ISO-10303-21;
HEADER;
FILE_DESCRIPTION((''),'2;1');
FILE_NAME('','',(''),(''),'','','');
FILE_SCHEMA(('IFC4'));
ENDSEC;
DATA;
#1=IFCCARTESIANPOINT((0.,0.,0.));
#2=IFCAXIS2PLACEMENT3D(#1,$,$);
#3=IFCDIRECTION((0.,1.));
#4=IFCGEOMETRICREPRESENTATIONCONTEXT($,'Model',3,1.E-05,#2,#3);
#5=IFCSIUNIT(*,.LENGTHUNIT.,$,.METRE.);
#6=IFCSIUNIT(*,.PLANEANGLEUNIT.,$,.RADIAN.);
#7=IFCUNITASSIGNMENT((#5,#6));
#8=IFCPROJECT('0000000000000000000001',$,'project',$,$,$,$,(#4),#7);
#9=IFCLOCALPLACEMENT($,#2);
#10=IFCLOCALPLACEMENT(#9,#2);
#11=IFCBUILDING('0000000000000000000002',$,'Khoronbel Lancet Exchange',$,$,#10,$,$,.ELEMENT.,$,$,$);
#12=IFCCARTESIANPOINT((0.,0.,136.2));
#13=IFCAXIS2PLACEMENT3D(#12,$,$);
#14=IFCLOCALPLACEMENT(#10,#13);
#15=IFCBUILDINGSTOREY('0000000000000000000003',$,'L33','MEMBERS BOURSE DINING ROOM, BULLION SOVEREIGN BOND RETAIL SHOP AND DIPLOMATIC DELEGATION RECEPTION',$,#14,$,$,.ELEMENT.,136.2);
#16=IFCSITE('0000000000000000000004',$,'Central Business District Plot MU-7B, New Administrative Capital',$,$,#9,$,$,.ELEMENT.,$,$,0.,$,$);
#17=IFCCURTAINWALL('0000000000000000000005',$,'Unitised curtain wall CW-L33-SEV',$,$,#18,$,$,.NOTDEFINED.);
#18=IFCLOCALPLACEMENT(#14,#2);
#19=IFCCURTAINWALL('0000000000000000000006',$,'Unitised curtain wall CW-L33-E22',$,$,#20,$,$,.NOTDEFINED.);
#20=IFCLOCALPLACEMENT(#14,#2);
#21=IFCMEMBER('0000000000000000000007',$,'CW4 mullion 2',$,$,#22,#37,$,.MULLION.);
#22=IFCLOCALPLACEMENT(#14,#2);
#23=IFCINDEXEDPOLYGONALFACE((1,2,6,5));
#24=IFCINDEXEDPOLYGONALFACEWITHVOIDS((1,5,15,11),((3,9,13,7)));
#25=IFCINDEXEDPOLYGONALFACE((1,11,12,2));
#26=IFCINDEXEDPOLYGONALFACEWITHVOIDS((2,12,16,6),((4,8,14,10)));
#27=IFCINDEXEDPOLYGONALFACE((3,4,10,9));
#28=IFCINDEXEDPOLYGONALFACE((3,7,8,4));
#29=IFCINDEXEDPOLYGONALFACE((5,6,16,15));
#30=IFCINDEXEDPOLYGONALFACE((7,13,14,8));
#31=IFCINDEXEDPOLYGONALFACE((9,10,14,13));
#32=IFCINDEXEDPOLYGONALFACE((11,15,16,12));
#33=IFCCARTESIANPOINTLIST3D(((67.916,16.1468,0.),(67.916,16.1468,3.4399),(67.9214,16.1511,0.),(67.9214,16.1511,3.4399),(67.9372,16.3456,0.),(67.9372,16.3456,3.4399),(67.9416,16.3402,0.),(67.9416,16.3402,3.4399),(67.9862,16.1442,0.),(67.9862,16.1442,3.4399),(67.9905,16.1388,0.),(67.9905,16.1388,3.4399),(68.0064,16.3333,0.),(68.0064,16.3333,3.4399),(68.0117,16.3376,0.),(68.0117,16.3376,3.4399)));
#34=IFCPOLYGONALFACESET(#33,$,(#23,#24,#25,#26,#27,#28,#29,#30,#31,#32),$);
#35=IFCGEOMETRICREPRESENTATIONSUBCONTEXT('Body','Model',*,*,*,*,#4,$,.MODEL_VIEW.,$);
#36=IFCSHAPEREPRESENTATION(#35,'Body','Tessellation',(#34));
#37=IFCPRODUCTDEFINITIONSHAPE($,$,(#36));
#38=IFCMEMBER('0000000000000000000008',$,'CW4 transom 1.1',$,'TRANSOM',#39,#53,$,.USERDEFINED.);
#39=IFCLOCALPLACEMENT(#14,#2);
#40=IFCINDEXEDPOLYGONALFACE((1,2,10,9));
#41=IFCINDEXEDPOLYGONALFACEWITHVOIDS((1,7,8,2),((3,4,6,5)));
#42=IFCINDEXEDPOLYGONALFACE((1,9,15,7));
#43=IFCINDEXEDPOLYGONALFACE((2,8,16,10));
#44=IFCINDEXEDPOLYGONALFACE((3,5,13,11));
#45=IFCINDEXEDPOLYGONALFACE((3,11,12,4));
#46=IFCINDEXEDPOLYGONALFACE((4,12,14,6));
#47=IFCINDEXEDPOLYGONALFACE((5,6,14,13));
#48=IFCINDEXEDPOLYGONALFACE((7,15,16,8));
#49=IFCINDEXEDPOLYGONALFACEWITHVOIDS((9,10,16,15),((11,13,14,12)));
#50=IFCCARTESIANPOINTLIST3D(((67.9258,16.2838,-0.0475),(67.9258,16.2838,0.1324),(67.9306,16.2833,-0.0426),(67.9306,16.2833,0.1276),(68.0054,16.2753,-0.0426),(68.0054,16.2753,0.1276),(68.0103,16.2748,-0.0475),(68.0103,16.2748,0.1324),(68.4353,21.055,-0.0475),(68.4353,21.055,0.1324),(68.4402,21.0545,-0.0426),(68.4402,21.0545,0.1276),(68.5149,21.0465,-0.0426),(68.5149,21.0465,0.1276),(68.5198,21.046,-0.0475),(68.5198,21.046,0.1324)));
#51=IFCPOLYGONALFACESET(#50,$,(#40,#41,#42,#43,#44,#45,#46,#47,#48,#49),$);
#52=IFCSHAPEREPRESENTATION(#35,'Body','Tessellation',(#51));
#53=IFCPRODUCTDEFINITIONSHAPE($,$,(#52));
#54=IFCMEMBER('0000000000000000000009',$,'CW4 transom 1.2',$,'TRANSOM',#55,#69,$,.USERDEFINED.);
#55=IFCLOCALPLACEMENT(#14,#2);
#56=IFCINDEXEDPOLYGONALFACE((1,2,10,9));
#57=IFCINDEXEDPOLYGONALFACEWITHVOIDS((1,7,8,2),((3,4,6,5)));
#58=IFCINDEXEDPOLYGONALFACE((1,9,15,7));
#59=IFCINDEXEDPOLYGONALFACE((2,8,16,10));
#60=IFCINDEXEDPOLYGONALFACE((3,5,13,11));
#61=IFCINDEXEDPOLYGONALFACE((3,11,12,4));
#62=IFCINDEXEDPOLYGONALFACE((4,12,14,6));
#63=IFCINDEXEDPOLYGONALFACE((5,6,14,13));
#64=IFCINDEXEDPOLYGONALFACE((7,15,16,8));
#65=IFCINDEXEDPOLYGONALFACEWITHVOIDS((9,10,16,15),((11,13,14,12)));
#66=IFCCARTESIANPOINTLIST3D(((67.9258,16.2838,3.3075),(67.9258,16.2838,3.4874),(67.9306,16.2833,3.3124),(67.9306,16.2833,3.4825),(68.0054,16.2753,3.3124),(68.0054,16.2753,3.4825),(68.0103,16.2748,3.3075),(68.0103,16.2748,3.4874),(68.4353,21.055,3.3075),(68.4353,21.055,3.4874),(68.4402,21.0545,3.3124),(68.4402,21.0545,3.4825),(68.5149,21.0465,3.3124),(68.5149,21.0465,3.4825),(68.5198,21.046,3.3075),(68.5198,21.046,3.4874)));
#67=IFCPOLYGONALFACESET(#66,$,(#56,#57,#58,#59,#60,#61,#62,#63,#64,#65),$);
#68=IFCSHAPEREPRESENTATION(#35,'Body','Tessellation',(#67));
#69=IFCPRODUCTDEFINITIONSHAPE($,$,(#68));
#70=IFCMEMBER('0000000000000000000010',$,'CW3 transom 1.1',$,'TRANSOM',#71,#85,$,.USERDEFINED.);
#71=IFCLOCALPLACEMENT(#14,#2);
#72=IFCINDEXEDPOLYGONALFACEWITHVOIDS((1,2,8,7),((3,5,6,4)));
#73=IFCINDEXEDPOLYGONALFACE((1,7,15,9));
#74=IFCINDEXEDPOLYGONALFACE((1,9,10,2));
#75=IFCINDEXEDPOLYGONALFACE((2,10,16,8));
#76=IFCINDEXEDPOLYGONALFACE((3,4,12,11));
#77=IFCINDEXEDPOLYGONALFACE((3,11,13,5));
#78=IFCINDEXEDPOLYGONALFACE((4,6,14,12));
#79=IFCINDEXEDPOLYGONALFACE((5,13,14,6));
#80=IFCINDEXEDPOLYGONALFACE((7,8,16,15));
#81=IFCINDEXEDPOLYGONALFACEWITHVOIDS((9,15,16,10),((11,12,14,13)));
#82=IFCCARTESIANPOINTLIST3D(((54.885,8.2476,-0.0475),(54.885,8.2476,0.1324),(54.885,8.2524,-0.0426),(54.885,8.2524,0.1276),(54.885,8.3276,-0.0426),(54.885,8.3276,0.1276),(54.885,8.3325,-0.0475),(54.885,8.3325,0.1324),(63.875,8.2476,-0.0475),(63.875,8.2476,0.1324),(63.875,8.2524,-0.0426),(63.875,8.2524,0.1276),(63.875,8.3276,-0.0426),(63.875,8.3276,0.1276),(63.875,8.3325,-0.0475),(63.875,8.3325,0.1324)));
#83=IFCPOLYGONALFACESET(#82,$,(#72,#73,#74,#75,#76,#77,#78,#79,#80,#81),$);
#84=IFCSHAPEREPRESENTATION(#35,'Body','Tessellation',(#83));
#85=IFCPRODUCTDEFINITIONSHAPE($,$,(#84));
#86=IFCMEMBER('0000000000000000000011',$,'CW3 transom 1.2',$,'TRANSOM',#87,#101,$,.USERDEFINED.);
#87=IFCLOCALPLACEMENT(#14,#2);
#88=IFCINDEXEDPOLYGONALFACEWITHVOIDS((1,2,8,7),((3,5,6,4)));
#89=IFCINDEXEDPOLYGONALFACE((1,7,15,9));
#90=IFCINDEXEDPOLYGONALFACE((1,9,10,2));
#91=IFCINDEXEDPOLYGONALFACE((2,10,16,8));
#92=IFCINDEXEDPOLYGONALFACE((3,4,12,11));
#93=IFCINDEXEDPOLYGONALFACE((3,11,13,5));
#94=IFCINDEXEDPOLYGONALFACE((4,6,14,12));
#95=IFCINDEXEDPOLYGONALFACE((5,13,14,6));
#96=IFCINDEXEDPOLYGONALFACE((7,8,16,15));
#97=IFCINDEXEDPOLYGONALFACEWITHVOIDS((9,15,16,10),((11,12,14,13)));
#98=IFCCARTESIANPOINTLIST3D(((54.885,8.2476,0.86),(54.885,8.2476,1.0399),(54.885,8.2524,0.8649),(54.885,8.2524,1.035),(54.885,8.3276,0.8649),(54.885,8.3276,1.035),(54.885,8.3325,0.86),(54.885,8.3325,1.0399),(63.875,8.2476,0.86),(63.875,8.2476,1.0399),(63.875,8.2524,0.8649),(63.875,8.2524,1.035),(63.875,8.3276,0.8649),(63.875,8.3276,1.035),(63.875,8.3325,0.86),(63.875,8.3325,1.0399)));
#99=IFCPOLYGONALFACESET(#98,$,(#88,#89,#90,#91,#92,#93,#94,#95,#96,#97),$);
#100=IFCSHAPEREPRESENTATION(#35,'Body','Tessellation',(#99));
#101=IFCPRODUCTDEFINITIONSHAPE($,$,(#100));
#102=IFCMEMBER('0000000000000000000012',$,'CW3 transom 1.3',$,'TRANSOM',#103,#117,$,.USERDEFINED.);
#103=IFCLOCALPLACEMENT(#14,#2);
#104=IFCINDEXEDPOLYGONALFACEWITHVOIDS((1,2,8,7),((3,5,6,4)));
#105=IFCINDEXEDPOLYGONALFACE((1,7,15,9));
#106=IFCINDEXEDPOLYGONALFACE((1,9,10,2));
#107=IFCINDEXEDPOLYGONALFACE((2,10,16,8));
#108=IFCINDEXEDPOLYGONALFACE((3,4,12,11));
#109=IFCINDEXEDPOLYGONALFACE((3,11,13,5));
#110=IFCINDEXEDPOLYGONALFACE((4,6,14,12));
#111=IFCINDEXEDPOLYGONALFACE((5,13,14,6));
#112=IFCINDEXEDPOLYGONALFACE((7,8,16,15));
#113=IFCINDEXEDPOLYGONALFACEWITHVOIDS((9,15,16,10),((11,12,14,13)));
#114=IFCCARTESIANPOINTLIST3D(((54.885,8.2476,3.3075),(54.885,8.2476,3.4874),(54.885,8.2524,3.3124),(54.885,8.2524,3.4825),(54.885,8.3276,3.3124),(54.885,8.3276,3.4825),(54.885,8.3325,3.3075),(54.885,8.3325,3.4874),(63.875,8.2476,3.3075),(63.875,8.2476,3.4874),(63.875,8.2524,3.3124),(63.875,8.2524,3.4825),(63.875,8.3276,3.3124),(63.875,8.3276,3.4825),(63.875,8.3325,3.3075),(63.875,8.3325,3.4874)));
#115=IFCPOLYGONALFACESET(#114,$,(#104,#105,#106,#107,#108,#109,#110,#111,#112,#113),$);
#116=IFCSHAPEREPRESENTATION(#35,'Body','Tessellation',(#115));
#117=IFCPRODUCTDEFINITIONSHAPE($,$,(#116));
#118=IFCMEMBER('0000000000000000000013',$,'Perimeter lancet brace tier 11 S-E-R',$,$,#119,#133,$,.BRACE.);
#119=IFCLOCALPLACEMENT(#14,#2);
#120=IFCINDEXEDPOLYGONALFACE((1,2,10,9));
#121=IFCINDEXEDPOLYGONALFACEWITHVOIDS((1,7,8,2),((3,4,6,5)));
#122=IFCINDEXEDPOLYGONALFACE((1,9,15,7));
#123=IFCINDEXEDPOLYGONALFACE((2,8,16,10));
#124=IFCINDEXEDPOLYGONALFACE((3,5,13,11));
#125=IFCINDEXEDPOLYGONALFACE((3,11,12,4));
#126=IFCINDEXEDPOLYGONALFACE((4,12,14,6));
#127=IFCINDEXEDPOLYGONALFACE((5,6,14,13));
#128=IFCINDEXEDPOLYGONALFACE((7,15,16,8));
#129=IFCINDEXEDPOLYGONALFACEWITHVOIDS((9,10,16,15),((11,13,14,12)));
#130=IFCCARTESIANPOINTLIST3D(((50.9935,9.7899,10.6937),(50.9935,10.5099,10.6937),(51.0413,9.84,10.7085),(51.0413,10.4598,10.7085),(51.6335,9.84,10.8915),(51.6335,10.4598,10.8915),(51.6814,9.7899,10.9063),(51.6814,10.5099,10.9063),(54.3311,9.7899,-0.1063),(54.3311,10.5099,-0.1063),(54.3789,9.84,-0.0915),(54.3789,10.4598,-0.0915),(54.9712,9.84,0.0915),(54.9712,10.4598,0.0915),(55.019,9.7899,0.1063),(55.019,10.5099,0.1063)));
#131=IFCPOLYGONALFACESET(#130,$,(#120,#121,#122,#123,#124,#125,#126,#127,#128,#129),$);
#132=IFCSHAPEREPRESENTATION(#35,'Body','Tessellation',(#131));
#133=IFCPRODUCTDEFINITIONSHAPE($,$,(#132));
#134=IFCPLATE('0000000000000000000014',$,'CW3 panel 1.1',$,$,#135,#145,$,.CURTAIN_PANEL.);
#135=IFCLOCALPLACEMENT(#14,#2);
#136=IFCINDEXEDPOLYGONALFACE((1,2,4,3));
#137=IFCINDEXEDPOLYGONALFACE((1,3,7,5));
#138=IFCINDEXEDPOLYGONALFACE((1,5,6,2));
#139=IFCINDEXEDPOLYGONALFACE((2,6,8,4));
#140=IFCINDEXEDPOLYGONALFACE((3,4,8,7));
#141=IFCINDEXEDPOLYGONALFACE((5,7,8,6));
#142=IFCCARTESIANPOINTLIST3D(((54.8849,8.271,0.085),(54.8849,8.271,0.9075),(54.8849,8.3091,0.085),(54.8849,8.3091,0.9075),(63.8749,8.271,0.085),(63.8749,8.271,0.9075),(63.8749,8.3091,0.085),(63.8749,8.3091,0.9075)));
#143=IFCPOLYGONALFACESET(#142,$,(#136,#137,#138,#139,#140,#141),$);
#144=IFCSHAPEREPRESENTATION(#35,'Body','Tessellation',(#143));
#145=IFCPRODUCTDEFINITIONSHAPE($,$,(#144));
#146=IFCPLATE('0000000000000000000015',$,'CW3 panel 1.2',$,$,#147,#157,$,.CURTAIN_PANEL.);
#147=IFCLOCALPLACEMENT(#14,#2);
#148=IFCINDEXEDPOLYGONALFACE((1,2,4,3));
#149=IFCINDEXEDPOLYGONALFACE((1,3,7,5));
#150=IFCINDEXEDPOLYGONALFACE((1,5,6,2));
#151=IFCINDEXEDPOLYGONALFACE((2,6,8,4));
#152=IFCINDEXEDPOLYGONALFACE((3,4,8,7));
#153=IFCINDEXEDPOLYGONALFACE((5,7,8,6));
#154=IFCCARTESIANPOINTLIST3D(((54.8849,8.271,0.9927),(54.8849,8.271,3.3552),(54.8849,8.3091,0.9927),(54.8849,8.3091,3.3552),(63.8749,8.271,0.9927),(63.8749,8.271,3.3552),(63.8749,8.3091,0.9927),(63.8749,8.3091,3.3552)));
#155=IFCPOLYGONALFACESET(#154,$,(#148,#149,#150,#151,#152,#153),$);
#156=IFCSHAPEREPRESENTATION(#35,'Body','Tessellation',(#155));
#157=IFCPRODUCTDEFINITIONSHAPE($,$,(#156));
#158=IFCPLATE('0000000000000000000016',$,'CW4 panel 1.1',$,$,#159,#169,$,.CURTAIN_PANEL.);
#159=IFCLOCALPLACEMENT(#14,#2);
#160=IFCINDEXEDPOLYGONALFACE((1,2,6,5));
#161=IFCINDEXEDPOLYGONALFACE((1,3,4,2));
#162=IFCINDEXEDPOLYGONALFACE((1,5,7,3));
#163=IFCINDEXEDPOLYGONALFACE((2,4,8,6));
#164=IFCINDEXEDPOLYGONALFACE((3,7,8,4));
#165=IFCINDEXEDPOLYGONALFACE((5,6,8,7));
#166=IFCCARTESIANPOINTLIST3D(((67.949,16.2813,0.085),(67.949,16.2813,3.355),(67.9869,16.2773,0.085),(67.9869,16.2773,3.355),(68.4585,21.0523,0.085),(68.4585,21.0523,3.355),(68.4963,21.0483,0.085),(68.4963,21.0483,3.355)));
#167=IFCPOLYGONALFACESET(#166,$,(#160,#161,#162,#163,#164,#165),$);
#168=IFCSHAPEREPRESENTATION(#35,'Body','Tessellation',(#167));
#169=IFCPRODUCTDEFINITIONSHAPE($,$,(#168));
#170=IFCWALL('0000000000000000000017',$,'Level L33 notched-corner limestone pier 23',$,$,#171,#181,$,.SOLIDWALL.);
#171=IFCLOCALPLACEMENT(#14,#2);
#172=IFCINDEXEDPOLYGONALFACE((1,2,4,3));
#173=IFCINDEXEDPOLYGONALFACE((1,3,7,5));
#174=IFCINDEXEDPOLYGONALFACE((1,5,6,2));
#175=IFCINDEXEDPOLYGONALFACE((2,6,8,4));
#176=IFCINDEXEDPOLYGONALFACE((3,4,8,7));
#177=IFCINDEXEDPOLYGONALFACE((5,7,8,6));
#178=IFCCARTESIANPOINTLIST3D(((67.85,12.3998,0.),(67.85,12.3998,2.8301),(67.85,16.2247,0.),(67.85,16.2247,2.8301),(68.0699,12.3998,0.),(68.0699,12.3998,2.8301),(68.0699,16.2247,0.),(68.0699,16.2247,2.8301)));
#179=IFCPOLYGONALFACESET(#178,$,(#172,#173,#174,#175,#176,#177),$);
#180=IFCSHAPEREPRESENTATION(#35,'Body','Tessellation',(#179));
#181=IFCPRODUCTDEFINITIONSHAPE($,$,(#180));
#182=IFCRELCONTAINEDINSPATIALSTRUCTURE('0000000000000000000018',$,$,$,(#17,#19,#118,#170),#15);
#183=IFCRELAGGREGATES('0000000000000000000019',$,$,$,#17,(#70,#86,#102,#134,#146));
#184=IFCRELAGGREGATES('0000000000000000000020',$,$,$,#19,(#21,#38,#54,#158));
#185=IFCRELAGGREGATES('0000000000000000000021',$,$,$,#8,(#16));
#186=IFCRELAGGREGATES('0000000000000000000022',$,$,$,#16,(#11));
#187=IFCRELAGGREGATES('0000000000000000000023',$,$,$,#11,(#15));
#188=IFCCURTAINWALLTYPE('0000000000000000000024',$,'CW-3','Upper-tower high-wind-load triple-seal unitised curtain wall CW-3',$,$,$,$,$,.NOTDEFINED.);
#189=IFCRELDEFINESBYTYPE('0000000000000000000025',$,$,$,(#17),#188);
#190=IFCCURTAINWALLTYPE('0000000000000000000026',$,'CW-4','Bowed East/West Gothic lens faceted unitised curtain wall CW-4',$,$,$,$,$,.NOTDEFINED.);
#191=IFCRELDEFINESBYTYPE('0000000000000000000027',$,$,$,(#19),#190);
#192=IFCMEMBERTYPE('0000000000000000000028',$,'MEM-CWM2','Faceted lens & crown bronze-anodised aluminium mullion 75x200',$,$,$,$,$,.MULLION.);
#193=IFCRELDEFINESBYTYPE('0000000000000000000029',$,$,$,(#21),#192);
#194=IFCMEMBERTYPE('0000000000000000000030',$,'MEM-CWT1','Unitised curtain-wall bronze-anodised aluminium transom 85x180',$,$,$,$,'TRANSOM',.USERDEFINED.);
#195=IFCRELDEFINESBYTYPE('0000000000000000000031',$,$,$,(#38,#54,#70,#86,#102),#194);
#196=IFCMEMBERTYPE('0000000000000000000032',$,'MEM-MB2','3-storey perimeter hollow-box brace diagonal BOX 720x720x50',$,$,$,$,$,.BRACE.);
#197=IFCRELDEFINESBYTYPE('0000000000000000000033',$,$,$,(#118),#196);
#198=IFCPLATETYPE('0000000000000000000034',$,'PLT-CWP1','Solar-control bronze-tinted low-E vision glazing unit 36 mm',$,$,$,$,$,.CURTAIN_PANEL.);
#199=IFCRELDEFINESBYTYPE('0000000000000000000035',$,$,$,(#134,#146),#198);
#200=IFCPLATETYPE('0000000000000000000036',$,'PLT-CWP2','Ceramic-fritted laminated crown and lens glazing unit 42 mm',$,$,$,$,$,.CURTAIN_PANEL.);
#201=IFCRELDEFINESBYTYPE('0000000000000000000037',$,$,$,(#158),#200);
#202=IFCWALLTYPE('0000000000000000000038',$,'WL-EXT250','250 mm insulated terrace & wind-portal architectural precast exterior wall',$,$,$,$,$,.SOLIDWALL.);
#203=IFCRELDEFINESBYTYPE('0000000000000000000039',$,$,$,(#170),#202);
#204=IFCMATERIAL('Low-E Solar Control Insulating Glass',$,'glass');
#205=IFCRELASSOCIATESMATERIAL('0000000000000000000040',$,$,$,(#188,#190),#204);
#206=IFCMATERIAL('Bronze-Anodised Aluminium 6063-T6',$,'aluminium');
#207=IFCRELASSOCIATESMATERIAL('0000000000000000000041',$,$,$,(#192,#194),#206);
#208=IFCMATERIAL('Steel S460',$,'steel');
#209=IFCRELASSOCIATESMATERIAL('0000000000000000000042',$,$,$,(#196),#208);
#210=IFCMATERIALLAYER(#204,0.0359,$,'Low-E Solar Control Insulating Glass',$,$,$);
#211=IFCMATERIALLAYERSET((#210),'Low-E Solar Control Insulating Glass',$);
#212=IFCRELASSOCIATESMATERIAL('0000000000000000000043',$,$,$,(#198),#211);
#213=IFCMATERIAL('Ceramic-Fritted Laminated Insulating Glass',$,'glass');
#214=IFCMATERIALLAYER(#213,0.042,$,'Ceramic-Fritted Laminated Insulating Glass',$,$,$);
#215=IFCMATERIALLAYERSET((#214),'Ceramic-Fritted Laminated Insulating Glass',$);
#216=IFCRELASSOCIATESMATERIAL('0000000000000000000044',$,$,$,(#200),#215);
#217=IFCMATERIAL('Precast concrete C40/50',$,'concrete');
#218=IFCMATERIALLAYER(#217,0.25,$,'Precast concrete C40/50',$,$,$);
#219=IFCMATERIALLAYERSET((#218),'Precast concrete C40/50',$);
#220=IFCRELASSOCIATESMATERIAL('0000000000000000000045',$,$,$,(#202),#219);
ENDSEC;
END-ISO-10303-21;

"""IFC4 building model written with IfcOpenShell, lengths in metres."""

from ifc_helpers import new_model, si_unit, direction, frame, frame_2d, origin, origin_2d, place, context, subcontext, project, spatial, rectangle, hollow_rectangle, extrude, material, layer, layer_set, material_profile, profile_set, type_object, element, aggregate, save


model = new_model("IFC4")

# Units and contexts
model_context = context("Model", 3, precision=1e-05, world=origin(), true_north=direction((0.0, 1.0)))
body_context = subcontext(model_context, "Body", "Model", "MODEL_VIEW")
ifc_project = project(units=[si_unit("LENGTHUNIT", "METRE"), si_unit("PLANEANGLEUNIT", "RADIAN")], contexts=[model_context])

# Site, building, storey
site_placement = place(None, origin())
site = spatial("IfcSite", under=ifc_project, at=site_placement, Name="Central Business District Plot MU-7B, New Administrative Capital", CompositionType="ELEMENT", RefElevation=0.0)
building_placement = place(site_placement, origin())
building = spatial("IfcBuilding", under=site, at=building_placement, Name="Khoronbel Lancet Exchange", CompositionType="ELEMENT")
storey_placement = place(building_placement, frame((0.0, 0.0, 136.2)))
storey = spatial("IfcBuildingStorey", under=building, at=storey_placement, Name="L33", Description="MEMBERS BOURSE DINING ROOM, BULLION SOVEREIGN BOND RETAIL SHOP AND DIPLOMATIC DELEGATION RECEPTION", CompositionType="ELEMENT", Elevation=136.2)

# Shared definitions
ifc_material_1 = material(Name="Steel S460", Category="steel")

# Shared definitions
ifc_material_2 = material(Name="Low-E Solar Control Insulating Glass", Category="glass")
curtain_wall_type_1 = type_object("IfcCurtainWallType", Name="CW-3", Description="Upper-tower high-wind-load triple-seal unitised curtain wall CW-3", PredefinedType="NOTDEFINED", material=ifc_material_2)
ifc_material_3 = material(Name="Bronze-Anodised Aluminium 6063-T6", Category="aluminium")

# Curtain walls, members
curtain_wall_1_placement = place(storey_placement, origin())
curtain_wall_1 = element("IfcCurtainWall", 1, at=curtain_wall_1_placement, inside=storey, type_object=curtain_wall_type_1, Name="Unitised curtain wall CW-L33-SEV", PredefinedType="NOTDEFINED")
curtain_wall_type_2 = type_object("IfcCurtainWallType", Name="CW-4", Description="Bowed East/West Gothic lens faceted unitised curtain wall CW-4", PredefinedType="NOTDEFINED", material=ifc_material_2)
curtain_wall_2_placement = place(storey_placement, origin())
curtain_wall_2 = element("IfcCurtainWall", 2, at=curtain_wall_2_placement, inside=storey, type_object=curtain_wall_type_2, Name="Unitised curtain wall CW-L33-E22", PredefinedType="NOTDEFINED")
ifc_material_profile_1 = material_profile(ifc_material_3, hollow_rectangle(XDim=0.075, YDim=0.2, WallThickness=0.0049, at=origin_2d()), Name="ALU MULLION 75x200")
ifc_profile_set_1 = profile_set([ifc_material_profile_1], Name="Bronze-Anodised Aluminium 6063-T6")
member_type_1 = type_object("IfcMemberType", Name="MEM-CWM2", Description="Faceted lens & crown bronze-anodised aluminium mullion 75x200", PredefinedType="MULLION", material=ifc_profile_set_1)
member_1_placement = place(storey_placement, frame((67.9639, 16.2422, 0.0), z_axis=(0.0, 0.0, 1.0), x_axis=(0.994347, -0.106181, 0.0)))
member_1 = element("IfcMember", 3, at=member_1_placement, type_object=member_type_1, Name="CW4 mullion 2", PredefinedType="MULLION", context=body_context, shape_type="SweptSolid", body=[
    extrude(hollow_rectangle(XDim=0.075, YDim=0.2, WallThickness=0.0049, at=origin_2d()), origin(), (0.0, 0.0, 1.0), 3.4399),
])
ifc_material_profile_2 = material_profile(ifc_material_3, hollow_rectangle(XDim=0.085, YDim=0.1799, WallThickness=0.0049, at=origin_2d()), Name="ALU TRANSOM 85x180")
ifc_profile_set_2 = profile_set([ifc_material_profile_2], Name="Bronze-Anodised Aluminium 6063-T6")
member_type_2 = type_object("IfcMemberType", Name="MEM-CWT1", Description="Unitised curtain-wall bronze-anodised aluminium transom 85x180", ElementType="TRANSOM", PredefinedType="USERDEFINED", material=ifc_profile_set_2)
member_2_placement = place(storey_placement, frame((68.4775, 21.0505, 0.0425), z_axis=(-0.106186, -0.994346, 0.0), x_axis=(0.994346, -0.106186, 0.0)))
member_2 = element("IfcMember", 4, at=member_2_placement, type_object=member_type_2, Name="CW4 transom 1.1", ObjectType="TRANSOM", PredefinedType="USERDEFINED", context=body_context, shape_type="SweptSolid", body=[
    extrude(hollow_rectangle(XDim=0.085, YDim=0.1799, WallThickness=0.0049, at=origin_2d()), origin(), (0.0, 0.0, 1.0), 4.7983),
])
member_3_placement = place(storey_placement, frame((68.4775, 21.0505, 3.3975), z_axis=(-0.106186, -0.994346, 0.0), x_axis=(0.994346, -0.106186, 0.0)))
member_3 = element("IfcMember", 5, at=member_3_placement, type_object=member_type_2, Name="CW4 transom 1.2", ObjectType="TRANSOM", PredefinedType="USERDEFINED", context=body_context, shape_type="SweptSolid", body=[
    extrude(hollow_rectangle(XDim=0.085, YDim=0.1799, WallThickness=0.0049, at=origin_2d()), origin(), (0.0, 0.0, 1.0), 4.7983),
])

# Members
member_4_placement = place(storey_placement, frame((54.885, 8.29, 0.0425), z_axis=(1.0, 0.0, 0.0), x_axis=(0.0, 1.0, 0.0)))
member_4 = element("IfcMember", 6, at=member_4_placement, type_object=member_type_2, Name="CW3 transom 1.1", ObjectType="TRANSOM", PredefinedType="USERDEFINED", context=body_context, shape_type="SweptSolid", body=[
    extrude(hollow_rectangle(XDim=0.085, YDim=0.1799, WallThickness=0.0049, at=origin_2d()), origin(), (0.0, 0.0, 1.0), 8.99),
])
member_5_placement = place(storey_placement, frame((54.885, 8.29, 0.95), z_axis=(1.0, 0.0, 0.0), x_axis=(0.0, 1.0, 0.0)))
member_5 = element("IfcMember", 7, at=member_5_placement, type_object=member_type_2, Name="CW3 transom 1.2", ObjectType="TRANSOM", PredefinedType="USERDEFINED", context=body_context, shape_type="SweptSolid", body=[
    extrude(hollow_rectangle(XDim=0.085, YDim=0.1799, WallThickness=0.0049, at=origin_2d()), origin(), (0.0, 0.0, 1.0), 8.99),
])
member_6_placement = place(storey_placement, frame((54.885, 8.29, 3.3975), z_axis=(1.0, 0.0, 0.0), x_axis=(0.0, 1.0, 0.0)))
member_6 = element("IfcMember", 8, at=member_6_placement, type_object=member_type_2, Name="CW3 transom 1.3", ObjectType="TRANSOM", PredefinedType="USERDEFINED", context=body_context, shape_type="SweptSolid", body=[
    extrude(hollow_rectangle(XDim=0.085, YDim=0.1799, WallThickness=0.0049, at=origin_2d()), origin(), (0.0, 0.0, 1.0), 8.99),
])
ifc_material_profile_3 = material_profile(ifc_material_1, hollow_rectangle(XDim=0.72, YDim=0.72, WallThickness=0.05, at=origin_2d()), Name="BOX 720x720x50")
ifc_profile_set_3 = profile_set([ifc_material_profile_3], Name="Steel S460")
member_type_3 = type_object("IfcMemberType", Name="MEM-MB2", Description="3-storey perimeter hollow-box brace diagonal BOX 720x720x50", PredefinedType="BRACE", material=ifc_profile_set_3)
member_7_placement = place(storey_placement, frame((54.675, 10.1499, 0.0), z_axis=(-0.295262, 0.0, 0.955416), x_axis=(0.0, -1.0, 0.0)))
element("IfcMember", 9, at=member_7_placement, inside=storey, type_object=member_type_3, Name="Perimeter lancet brace tier 11 S-E-R", PredefinedType="BRACE", context=body_context, shape_type="SweptSolid", body=[
    extrude(hollow_rectangle(XDim=0.72, YDim=0.72, WallThickness=0.05, at=origin_2d()), origin(), (0.0, 0.0, 1.0), 11.304),
])

# Plates
ifc_layer_1 = layer(ifc_material_2, 0.0359, Name="Low-E Solar Control Insulating Glass")
ifc_layer_set_1 = layer_set([ifc_layer_1], Name="Low-E Solar Control Insulating Glass")
plate_type_1 = type_object("IfcPlateType", Name="PLT-CWP1", Description="Solar-control bronze-tinted low-E vision glazing unit 36 mm", PredefinedType="CURTAIN_PANEL", material=ifc_layer_set_1)
plate_1_placement = place(storey_placement, frame((59.3799, 8.29, 0.085), z_axis=(0.0, 0.0, 1.0), x_axis=(1.0, 0.0, 0.0)))
plate_1 = element("IfcPlate", 10, at=plate_1_placement, type_object=plate_type_1, Name="CW3 panel 1.1", PredefinedType="CURTAIN_PANEL", context=body_context, shape_type="SweptSolid", body=[
    extrude(rectangle(XDim=8.99, YDim=0.0381, at=origin_2d()), origin(), (0.0, 0.0, 1.0), 0.8225),
])
plate_2_placement = place(storey_placement, frame((59.3799, 8.29, 0.9927), z_axis=(0.0, 0.0, 1.0), x_axis=(1.0, 0.0, 0.0)))
plate_2 = element("IfcPlate", 11, at=plate_2_placement, type_object=plate_type_1, Name="CW3 panel 1.2", PredefinedType="CURTAIN_PANEL", context=body_context, shape_type="SweptSolid", body=[
    extrude(rectangle(XDim=8.99, YDim=0.0381, at=origin_2d()), origin(), (0.0, 0.0, 1.0), 2.3625),
])
aggregate(curtain_wall_1, [member_4, member_5, member_6, plate_1, plate_2])
ifc_material_4 = material(Name="Ceramic-Fritted Laminated Insulating Glass", Category="glass")
ifc_layer_2 = layer(ifc_material_4, 0.042, Name="Ceramic-Fritted Laminated Insulating Glass")
ifc_layer_set_2 = layer_set([ifc_layer_2], Name="Ceramic-Fritted Laminated Insulating Glass")
plate_type_2 = type_object("IfcPlateType", Name="PLT-CWP2", Description="Ceramic-fritted laminated crown and lens glazing unit 42 mm", PredefinedType="CURTAIN_PANEL", material=ifc_layer_set_2)
plate_3_placement = place(storey_placement, frame((68.2227, 18.6648, 0.085), z_axis=(0.0, 0.0, 1.0), x_axis=(-0.106181, -0.994347, 0.0)))
plate_3 = element("IfcPlate", 12, at=plate_3_placement, type_object=plate_type_2, Name="CW4 panel 1.1", PredefinedType="CURTAIN_PANEL", context=body_context, shape_type="SweptSolid", body=[
    extrude(rectangle(XDim=4.7981, YDim=0.0381, at=origin_2d()), origin(), (0.0, 0.0, 1.0), 3.27),
])
aggregate(curtain_wall_2, [member_1, member_2, member_3, plate_3])

# Wall
ifc_material_5 = material(Name="Precast concrete C40/50", Category="concrete")
ifc_layer_3 = layer(ifc_material_5, 0.25, Name="Precast concrete C40/50")
ifc_layer_set_3 = layer_set([ifc_layer_3], Name="Precast concrete C40/50")
wall_type_1 = type_object("IfcWallType", Name="WL-EXT250", Description="250 mm insulated terrace & wind-portal architectural precast exterior wall", PredefinedType="SOLIDWALL", material=ifc_layer_set_3)
wall_1_placement = place(storey_placement, frame((67.96, 16.2249, 0.0), z_axis=(0.0, 0.0, 1.0), x_axis=(0.0, -1.0, 0.0)))
element("IfcWall", 13, at=wall_1_placement, inside=storey, type_object=wall_type_1, Name="Level L33 notched-corner limestone pier 23", PredefinedType="SOLIDWALL", context=body_context, shape_type="SweptSolid", body=[
    extrude(rectangle(XDim=3.825, YDim=0.22, at=frame_2d((1.9126, 0.0))), origin(), (0.0, 0.0, 1.0), 2.8301),
])

save(model, "model.ifc")
